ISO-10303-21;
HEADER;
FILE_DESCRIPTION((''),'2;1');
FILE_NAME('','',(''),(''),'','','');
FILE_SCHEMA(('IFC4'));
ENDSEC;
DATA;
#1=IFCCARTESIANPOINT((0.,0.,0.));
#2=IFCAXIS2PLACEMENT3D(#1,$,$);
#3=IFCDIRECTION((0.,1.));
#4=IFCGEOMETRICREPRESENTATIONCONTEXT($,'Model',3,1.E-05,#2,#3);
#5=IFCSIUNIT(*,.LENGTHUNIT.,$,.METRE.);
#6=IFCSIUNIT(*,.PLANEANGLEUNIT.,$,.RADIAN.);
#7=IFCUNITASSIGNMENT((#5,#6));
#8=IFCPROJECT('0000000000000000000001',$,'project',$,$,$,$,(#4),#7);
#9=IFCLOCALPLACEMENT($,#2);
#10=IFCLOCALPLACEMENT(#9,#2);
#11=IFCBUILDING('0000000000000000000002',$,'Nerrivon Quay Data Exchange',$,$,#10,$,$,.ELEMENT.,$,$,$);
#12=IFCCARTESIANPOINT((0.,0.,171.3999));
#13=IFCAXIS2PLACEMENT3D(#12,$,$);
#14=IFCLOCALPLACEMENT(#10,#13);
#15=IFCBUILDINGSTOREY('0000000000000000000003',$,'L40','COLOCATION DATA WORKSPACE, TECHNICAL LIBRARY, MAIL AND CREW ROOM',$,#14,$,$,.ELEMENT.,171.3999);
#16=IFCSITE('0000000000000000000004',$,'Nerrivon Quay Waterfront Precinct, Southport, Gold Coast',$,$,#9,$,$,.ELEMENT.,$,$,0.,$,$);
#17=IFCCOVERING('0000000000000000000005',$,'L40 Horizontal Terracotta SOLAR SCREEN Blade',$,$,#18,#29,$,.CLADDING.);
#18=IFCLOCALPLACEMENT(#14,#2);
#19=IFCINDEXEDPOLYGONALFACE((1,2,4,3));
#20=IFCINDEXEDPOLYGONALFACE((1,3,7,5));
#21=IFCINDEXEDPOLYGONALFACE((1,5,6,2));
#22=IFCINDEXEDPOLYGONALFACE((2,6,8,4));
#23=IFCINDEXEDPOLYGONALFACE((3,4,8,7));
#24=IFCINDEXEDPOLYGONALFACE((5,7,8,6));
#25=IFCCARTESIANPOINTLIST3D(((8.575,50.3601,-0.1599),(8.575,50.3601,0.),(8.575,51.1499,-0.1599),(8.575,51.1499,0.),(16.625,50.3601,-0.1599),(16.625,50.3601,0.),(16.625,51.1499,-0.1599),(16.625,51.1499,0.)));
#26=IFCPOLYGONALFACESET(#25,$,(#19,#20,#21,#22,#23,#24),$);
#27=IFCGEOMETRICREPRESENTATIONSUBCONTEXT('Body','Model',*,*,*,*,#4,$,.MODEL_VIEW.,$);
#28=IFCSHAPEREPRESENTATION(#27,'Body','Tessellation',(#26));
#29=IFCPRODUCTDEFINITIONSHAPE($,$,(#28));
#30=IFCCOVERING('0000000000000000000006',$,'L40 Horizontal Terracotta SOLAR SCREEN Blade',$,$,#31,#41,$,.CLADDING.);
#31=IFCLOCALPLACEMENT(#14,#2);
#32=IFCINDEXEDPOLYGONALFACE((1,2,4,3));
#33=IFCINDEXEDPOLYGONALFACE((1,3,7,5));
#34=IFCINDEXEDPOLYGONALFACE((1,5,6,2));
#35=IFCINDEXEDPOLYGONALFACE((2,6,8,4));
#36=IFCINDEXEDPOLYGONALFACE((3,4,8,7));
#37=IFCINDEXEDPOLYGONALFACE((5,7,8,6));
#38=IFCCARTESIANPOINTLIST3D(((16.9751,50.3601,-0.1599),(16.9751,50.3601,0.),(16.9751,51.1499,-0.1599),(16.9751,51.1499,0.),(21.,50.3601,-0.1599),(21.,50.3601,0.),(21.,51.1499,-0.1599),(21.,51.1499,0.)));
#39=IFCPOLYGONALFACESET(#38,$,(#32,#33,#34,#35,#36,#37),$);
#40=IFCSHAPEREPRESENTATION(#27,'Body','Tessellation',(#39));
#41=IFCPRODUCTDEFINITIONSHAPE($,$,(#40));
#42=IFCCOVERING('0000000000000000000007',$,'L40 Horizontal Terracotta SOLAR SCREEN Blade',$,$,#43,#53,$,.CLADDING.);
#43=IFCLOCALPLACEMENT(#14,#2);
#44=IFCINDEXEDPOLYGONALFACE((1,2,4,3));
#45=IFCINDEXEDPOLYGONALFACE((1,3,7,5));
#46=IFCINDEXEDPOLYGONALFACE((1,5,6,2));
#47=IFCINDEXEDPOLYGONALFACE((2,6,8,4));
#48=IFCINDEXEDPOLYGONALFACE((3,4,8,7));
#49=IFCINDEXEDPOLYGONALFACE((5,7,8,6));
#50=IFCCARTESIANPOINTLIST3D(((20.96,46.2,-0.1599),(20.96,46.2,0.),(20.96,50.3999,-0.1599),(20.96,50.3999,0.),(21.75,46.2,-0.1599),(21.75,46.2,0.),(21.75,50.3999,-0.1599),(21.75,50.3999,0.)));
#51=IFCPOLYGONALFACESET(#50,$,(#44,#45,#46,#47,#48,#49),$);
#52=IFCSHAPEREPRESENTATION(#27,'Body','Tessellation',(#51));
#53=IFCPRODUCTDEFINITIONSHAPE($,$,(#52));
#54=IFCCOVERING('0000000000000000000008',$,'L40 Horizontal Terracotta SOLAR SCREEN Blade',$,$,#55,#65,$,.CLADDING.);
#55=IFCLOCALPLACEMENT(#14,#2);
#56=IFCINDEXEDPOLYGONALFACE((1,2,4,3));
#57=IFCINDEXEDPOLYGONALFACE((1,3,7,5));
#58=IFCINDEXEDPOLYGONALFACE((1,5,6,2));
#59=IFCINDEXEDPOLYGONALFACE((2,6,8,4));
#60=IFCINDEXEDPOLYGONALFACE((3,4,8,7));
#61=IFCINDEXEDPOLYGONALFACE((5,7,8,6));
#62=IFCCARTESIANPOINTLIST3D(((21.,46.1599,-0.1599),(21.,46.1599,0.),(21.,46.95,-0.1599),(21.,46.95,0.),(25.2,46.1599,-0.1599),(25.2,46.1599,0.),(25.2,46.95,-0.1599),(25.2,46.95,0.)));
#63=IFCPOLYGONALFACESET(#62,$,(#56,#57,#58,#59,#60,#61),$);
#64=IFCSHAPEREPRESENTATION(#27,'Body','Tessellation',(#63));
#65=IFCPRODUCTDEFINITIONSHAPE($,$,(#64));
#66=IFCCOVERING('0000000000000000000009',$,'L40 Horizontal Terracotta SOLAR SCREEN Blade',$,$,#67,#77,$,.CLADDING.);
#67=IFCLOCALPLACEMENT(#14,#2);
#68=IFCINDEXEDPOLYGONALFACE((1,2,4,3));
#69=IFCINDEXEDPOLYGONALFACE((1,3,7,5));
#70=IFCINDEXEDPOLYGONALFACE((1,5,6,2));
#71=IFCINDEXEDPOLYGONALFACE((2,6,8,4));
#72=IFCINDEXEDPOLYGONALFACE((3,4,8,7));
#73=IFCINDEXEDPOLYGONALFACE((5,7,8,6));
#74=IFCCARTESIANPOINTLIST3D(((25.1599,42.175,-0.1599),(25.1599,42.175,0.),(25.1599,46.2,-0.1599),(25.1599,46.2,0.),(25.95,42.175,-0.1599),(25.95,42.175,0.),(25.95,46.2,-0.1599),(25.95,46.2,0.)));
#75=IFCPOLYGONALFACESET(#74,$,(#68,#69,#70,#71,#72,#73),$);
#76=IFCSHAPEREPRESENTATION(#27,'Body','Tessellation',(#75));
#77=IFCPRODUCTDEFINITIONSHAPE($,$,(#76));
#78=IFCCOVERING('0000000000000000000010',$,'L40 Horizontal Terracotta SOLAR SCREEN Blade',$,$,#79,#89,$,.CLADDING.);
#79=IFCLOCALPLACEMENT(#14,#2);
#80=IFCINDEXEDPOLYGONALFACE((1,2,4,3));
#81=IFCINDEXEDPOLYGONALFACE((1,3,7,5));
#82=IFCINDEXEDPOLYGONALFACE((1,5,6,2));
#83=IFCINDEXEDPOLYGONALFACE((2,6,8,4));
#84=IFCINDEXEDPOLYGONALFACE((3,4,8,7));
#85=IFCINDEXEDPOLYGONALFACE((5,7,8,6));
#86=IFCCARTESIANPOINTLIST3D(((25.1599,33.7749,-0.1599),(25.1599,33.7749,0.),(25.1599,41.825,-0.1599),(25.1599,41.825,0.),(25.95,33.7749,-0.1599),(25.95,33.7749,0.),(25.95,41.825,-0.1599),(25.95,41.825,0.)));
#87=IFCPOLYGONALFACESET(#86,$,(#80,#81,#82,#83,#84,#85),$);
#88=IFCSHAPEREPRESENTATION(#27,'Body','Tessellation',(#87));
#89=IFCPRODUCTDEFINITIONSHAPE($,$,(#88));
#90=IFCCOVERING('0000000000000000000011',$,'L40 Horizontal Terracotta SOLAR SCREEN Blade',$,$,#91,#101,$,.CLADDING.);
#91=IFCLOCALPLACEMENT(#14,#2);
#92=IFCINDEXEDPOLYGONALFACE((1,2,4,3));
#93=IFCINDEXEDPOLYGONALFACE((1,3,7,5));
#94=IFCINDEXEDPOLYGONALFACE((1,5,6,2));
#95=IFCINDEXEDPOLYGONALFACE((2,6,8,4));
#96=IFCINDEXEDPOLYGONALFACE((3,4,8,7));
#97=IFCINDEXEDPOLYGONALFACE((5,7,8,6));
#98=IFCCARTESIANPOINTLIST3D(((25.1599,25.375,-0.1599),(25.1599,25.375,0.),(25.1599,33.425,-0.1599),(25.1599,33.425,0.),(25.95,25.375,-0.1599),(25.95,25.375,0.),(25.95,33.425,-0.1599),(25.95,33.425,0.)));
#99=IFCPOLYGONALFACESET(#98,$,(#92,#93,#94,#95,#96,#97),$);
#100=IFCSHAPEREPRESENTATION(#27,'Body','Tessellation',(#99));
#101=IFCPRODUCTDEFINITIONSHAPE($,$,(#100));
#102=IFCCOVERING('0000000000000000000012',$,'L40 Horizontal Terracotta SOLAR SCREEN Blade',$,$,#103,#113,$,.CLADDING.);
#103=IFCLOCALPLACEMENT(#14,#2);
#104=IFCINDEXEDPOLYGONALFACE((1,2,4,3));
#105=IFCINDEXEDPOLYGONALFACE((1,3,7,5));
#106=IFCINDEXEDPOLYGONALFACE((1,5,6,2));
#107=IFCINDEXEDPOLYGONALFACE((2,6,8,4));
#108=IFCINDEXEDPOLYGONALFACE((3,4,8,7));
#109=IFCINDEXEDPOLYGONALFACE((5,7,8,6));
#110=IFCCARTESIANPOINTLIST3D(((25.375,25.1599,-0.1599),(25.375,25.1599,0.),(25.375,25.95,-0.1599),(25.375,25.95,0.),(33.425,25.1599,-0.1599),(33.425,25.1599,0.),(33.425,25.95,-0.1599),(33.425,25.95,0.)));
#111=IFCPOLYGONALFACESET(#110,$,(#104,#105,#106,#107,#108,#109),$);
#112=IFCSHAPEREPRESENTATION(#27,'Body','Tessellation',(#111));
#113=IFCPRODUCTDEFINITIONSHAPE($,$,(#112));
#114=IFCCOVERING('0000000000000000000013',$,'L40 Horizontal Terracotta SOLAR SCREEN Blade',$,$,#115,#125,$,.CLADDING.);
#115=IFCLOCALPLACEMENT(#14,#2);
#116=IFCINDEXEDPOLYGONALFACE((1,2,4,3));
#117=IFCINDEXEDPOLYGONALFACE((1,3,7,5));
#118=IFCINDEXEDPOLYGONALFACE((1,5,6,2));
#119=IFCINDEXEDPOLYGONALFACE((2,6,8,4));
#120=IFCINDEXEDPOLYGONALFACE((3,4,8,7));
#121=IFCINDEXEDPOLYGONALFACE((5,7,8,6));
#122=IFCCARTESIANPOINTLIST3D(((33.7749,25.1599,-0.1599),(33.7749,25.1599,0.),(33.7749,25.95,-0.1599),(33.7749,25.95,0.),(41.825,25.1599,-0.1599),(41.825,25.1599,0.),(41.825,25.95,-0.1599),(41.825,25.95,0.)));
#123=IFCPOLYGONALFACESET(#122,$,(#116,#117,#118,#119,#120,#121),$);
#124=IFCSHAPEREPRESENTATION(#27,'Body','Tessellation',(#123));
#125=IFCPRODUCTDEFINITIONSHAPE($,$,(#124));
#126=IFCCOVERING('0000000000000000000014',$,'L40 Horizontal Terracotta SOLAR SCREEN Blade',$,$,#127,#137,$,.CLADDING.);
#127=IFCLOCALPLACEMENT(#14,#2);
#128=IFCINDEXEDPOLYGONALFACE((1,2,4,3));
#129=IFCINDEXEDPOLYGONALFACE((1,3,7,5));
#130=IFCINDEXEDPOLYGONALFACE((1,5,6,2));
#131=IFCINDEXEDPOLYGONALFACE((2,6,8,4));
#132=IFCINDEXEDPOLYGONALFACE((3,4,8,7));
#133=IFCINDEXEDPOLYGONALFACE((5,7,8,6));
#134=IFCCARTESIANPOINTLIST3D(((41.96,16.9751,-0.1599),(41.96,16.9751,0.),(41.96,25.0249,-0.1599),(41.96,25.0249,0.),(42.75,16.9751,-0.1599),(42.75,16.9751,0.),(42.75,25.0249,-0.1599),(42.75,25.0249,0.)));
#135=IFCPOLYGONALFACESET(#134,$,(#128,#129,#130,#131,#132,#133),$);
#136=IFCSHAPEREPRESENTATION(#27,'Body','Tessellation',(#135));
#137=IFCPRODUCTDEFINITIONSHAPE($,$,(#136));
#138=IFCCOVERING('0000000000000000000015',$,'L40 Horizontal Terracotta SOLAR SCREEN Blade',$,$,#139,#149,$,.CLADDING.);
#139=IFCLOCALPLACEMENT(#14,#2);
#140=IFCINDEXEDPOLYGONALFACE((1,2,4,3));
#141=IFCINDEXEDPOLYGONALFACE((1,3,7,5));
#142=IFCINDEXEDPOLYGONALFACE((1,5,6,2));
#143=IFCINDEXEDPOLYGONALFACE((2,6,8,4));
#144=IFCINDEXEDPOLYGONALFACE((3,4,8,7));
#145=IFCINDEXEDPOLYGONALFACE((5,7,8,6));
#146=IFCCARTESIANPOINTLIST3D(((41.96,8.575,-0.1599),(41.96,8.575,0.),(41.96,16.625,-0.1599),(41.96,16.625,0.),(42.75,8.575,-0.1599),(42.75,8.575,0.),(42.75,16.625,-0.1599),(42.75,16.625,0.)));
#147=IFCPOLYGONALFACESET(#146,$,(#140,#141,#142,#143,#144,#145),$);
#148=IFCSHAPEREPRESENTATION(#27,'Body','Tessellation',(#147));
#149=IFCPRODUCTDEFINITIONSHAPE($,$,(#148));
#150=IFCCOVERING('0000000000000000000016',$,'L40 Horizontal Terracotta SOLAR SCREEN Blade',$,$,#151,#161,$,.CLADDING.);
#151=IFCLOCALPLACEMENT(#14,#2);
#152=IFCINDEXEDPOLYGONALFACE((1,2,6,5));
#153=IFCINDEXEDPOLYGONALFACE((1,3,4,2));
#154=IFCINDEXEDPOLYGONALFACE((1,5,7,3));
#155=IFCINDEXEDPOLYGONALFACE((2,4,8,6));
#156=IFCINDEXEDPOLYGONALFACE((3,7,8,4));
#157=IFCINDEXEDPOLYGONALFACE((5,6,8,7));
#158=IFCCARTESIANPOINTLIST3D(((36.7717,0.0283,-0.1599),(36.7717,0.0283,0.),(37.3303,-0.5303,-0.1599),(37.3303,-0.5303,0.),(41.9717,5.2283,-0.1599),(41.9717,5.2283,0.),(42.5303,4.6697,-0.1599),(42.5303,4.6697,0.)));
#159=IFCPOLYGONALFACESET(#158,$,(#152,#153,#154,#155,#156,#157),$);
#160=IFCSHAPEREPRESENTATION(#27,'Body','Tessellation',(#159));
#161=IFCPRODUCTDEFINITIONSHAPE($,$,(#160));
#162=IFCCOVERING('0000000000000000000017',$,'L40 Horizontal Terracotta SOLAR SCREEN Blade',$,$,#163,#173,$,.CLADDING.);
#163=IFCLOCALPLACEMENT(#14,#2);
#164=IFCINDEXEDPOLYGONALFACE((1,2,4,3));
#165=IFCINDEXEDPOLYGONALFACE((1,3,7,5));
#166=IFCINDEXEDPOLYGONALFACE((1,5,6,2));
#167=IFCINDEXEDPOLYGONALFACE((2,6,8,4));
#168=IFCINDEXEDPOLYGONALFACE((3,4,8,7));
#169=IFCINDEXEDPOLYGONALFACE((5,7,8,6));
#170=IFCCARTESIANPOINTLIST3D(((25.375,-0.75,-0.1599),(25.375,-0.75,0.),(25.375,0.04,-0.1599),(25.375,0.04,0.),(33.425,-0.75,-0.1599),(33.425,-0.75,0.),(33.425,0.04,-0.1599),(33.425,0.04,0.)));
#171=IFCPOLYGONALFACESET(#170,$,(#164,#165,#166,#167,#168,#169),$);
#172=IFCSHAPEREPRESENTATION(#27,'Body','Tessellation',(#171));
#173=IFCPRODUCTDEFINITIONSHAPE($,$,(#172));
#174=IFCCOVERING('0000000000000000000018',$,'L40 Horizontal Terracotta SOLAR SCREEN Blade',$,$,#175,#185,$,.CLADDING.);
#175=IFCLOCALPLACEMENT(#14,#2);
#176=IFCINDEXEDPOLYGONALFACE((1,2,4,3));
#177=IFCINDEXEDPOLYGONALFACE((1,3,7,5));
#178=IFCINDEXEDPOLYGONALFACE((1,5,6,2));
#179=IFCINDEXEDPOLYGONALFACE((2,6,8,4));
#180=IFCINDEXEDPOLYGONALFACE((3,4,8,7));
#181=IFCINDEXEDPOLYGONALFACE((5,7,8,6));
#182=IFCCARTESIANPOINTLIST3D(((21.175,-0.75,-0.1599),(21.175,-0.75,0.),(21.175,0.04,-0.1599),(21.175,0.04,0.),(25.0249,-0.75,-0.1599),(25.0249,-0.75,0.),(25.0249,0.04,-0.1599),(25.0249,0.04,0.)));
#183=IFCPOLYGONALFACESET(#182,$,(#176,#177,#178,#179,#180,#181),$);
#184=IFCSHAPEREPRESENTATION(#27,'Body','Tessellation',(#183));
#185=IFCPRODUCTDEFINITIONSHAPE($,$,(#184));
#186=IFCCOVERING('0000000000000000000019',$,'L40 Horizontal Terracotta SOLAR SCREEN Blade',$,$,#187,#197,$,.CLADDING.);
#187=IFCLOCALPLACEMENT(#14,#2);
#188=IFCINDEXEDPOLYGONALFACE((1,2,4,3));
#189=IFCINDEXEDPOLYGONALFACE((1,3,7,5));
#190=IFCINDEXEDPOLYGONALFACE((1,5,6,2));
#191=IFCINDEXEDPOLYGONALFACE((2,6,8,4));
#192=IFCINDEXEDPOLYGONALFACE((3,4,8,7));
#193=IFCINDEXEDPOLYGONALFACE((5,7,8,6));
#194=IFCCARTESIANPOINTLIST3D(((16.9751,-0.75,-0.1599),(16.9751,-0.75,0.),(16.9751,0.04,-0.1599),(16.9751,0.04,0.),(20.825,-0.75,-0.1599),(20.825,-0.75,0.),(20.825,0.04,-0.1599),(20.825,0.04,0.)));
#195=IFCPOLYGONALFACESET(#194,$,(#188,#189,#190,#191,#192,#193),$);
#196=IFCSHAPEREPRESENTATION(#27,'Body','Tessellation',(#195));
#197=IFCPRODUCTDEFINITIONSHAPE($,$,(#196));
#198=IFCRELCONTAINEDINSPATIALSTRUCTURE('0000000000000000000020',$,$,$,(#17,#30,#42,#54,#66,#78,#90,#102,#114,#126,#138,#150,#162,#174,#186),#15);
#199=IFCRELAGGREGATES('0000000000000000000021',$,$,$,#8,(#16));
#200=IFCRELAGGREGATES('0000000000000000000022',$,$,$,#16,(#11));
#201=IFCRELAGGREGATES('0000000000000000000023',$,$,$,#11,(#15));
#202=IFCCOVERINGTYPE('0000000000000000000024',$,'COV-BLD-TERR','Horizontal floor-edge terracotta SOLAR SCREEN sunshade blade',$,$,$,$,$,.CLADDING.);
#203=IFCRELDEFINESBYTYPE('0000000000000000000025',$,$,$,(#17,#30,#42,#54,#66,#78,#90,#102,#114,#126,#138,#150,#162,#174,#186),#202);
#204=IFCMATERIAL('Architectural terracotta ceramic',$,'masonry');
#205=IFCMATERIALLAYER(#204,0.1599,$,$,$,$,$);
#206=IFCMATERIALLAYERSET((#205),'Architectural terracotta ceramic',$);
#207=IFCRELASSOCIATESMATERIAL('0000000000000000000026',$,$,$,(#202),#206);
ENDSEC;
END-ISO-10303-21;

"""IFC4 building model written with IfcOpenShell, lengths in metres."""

from ifc_helpers import new_model, si_unit, direction, frame, origin, place, context, subcontext, project, spatial, polyline, outline, extrude, material, layer, layer_set, type_object, element, save


model = new_model("IFC4")

# Units and contexts
model_context = context("Model", 3, precision=1e-05, world=origin(), true_north=direction((0.0, 1.0)))
body_context = subcontext(model_context, "Body", "Model", "MODEL_VIEW")
ifc_project = project(units=[si_unit("LENGTHUNIT", "METRE"), si_unit("PLANEANGLEUNIT", "RADIAN")], contexts=[model_context])

# Site, building, storey
site_placement = place(None, origin())
site = spatial("IfcSite", under=ifc_project, at=site_placement, Name="Nerrivon Quay Waterfront Precinct, Southport, Gold Coast", CompositionType="ELEMENT", RefElevation=0.0)
building_placement = place(site_placement, origin())
building = spatial("IfcBuilding", under=site, at=building_placement, Name="Nerrivon Quay Data Exchange", CompositionType="ELEMENT")
storey_placement = place(building_placement, frame((0.0, 0.0, 171.3999)))
storey = spatial("IfcBuildingStorey", under=building, at=storey_placement, Name="L40", Description="COLOCATION DATA WORKSPACE, TECHNICAL LIBRARY, MAIL AND CREW ROOM", CompositionType="ELEMENT", Elevation=171.3999)

# Coverings
ifc_material_1 = material(Name="Architectural terracotta ceramic", Category="masonry")
ifc_layer_1 = layer(ifc_material_1, 0.1599)
ifc_layer_set_1 = layer_set([ifc_layer_1], Name="Architectural terracotta ceramic")
covering_type = type_object("IfcCoveringType", Name="COV-BLD-TERR", Description="Horizontal floor-edge terracotta SOLAR SCREEN sunshade blade", PredefinedType="CLADDING", material=ifc_layer_set_1)
covering_1_placement = place(storey_placement, frame((0.0, 0.0, -0.1599)))
element("IfcCovering", 1, at=covering_1_placement, inside=storey, type_object=covering_type, Name="L40 Horizontal Terracotta SOLAR SCREEN Blade", PredefinedType="CLADDING", context=body_context, shape_type="SweptSolid", body=[
    extrude(outline(polyline([(8.575, 50.3601), (16.625, 50.3601), (16.625, 51.1499), (8.575, 51.1499), (8.575, 50.3601)])), origin(), (0.0, 0.0, 1.0), 0.1599),
])
covering_2_placement = place(storey_placement, frame((0.0, 0.0, -0.1599)))
element("IfcCovering", 2, at=covering_2_placement, inside=storey, type_object=covering_type, Name="L40 Horizontal Terracotta SOLAR SCREEN Blade", PredefinedType="CLADDING", context=body_context, shape_type="SweptSolid", body=[
    extrude(outline(polyline([(16.9751, 50.3601), (21.0, 50.3601), (21.0, 51.1499), (16.9751, 51.1499), (16.9751, 50.3601)])), origin(), (0.0, 0.0, 1.0), 0.1599),
])
covering_3_placement = place(storey_placement, frame((0.0, 0.0, -0.1599)))
element("IfcCovering", 3, at=covering_3_placement, inside=storey, type_object=covering_type, Name="L40 Horizontal Terracotta SOLAR SCREEN Blade", PredefinedType="CLADDING", context=body_context, shape_type="SweptSolid", body=[
    extrude(outline(polyline([(20.96, 50.3999), (20.96, 46.2), (21.75, 46.2), (21.75, 50.3999), (20.96, 50.3999)])), origin(), (0.0, 0.0, 1.0), 0.1599),
])
covering_4_placement = place(storey_placement, frame((0.0, 0.0, -0.1599)))
element("IfcCovering", 4, at=covering_4_placement, inside=storey, type_object=covering_type, Name="L40 Horizontal Terracotta SOLAR SCREEN Blade", PredefinedType="CLADDING", context=body_context, shape_type="SweptSolid", body=[
    extrude(outline(polyline([(21.0, 46.1599), (25.2, 46.1599), (25.2, 46.95), (21.0, 46.95), (21.0, 46.1599)])), origin(), (0.0, 0.0, 1.0), 0.1599),
])
covering_5_placement = place(storey_placement, frame((0.0, 0.0, -0.1599)))
element("IfcCovering", 5, at=covering_5_placement, inside=storey, type_object=covering_type, Name="L40 Horizontal Terracotta SOLAR SCREEN Blade", PredefinedType="CLADDING", context=body_context, shape_type="SweptSolid", body=[
    extrude(outline(polyline([(25.1599, 46.2), (25.1599, 42.175), (25.95, 42.175), (25.95, 46.2), (25.1599, 46.2)])), origin(), (0.0, 0.0, 1.0), 0.1599),
])
covering_6_placement = place(storey_placement, frame((0.0, 0.0, -0.1599)))
element("IfcCovering", 6, at=covering_6_placement, inside=storey, type_object=covering_type, Name="L40 Horizontal Terracotta SOLAR SCREEN Blade", PredefinedType="CLADDING", context=body_context, shape_type="SweptSolid", body=[
    extrude(outline(polyline([(25.1599, 41.825), (25.1599, 33.7749), (25.95, 33.7749), (25.95, 41.825), (25.1599, 41.825)])), origin(), (0.0, 0.0, 1.0), 0.1599),
])
covering_7_placement = place(storey_placement, frame((0.0, 0.0, -0.1599)))
element("IfcCovering", 7, at=covering_7_placement, inside=storey, type_object=covering_type, Name="L40 Horizontal Terracotta SOLAR SCREEN Blade", PredefinedType="CLADDING", context=body_context, shape_type="SweptSolid", body=[
    extrude(outline(polyline([(25.1599, 33.425), (25.1599, 25.375), (25.95, 25.375), (25.95, 33.425), (25.1599, 33.425)])), origin(), (0.0, 0.0, 1.0), 0.1599),
])
covering_8_placement = place(storey_placement, frame((0.0, 0.0, -0.1599)))
element("IfcCovering", 8, at=covering_8_placement, inside=storey, type_object=covering_type, Name="L40 Horizontal Terracotta SOLAR SCREEN Blade", PredefinedType="CLADDING", context=body_context, shape_type="SweptSolid", body=[
    extrude(outline(polyline([(25.375, 25.1599), (33.425, 25.1599), (33.425, 25.95), (25.375, 25.95), (25.375, 25.1599)])), origin(), (0.0, 0.0, 1.0), 0.1599),
])
covering_9_placement = place(storey_placement, frame((0.0, 0.0, -0.1599)))
element("IfcCovering", 9, at=covering_9_placement, inside=storey, type_object=covering_type, Name="L40 Horizontal Terracotta SOLAR SCREEN Blade", PredefinedType="CLADDING", context=body_context, shape_type="SweptSolid", body=[
    extrude(outline(polyline([(33.7749, 25.1599), (41.825, 25.1599), (41.825, 25.95), (33.7749, 25.95), (33.7749, 25.1599)])), origin(), (0.0, 0.0, 1.0), 0.1599),
])
covering_10_placement = place(storey_placement, frame((0.0, 0.0, -0.1599)))
element("IfcCovering", 10, at=covering_10_placement, inside=storey, type_object=covering_type, Name="L40 Horizontal Terracotta SOLAR SCREEN Blade", PredefinedType="CLADDING", context=body_context, shape_type="SweptSolid", body=[
    extrude(outline(polyline([(41.96, 25.0249), (41.96, 16.9751), (42.75, 16.9751), (42.75, 25.0249), (41.96, 25.0249)])), origin(), (0.0, 0.0, 1.0), 0.1599),
])
covering_11_placement = place(storey_placement, frame((0.0, 0.0, -0.1599)))
element("IfcCovering", 11, at=covering_11_placement, inside=storey, type_object=covering_type, Name="L40 Horizontal Terracotta SOLAR SCREEN Blade", PredefinedType="CLADDING", context=body_context, shape_type="SweptSolid", body=[
    extrude(outline(polyline([(41.96, 16.625), (41.96, 8.575), (42.75, 8.575), (42.75, 16.625), (41.96, 16.625)])), origin(), (0.0, 0.0, 1.0), 0.1599),
])
covering_12_placement = place(storey_placement, frame((0.0, 0.0, -0.1599)))
element("IfcCovering", 12, at=covering_12_placement, inside=storey, type_object=covering_type, Name="L40 Horizontal Terracotta SOLAR SCREEN Blade", PredefinedType="CLADDING", context=body_context, shape_type="SweptSolid", body=[
    extrude(outline(polyline([(41.9717, 5.2283), (36.7717, 0.0283), (37.3303, -0.5303), (42.5303, 4.6697), (41.9717, 5.2283)])), origin(), (0.0, 0.0, 1.0), 0.1599),
])
covering_13_placement = place(storey_placement, frame((0.0, 0.0, -0.1599)))
element("IfcCovering", 13, at=covering_13_placement, inside=storey, type_object=covering_type, Name="L40 Horizontal Terracotta SOLAR SCREEN Blade", PredefinedType="CLADDING", context=body_context, shape_type="SweptSolid", body=[
    extrude(outline(polyline([(33.425, 0.04), (25.375, 0.04), (25.375, -0.75), (33.425, -0.75), (33.425, 0.04)])), origin(), (0.0, 0.0, 1.0), 0.1599),
])
covering_14_placement = place(storey_placement, frame((0.0, 0.0, -0.1599)))
element("IfcCovering", 14, at=covering_14_placement, inside=storey, type_object=covering_type, Name="L40 Horizontal Terracotta SOLAR SCREEN Blade", PredefinedType="CLADDING", context=body_context, shape_type="SweptSolid", body=[
    extrude(outline(polyline([(25.0249, 0.04), (21.175, 0.04), (21.175, -0.75), (25.0249, -0.75), (25.0249, 0.04)])), origin(), (0.0, 0.0, 1.0), 0.1599),
])
covering_15_placement = place(storey_placement, frame((0.0, 0.0, -0.1599)))
element("IfcCovering", 15, at=covering_15_placement, inside=storey, type_object=covering_type, Name="L40 Horizontal Terracotta SOLAR SCREEN Blade", PredefinedType="CLADDING", context=body_context, shape_type="SweptSolid", body=[
    extrude(outline(polyline([(20.825, 0.04), (16.9751, 0.04), (16.9751, -0.75), (20.825, -0.75), (20.825, 0.04)])), origin(), (0.0, 0.0, 1.0), 0.1599),
])

save(model, "model.ifc")
